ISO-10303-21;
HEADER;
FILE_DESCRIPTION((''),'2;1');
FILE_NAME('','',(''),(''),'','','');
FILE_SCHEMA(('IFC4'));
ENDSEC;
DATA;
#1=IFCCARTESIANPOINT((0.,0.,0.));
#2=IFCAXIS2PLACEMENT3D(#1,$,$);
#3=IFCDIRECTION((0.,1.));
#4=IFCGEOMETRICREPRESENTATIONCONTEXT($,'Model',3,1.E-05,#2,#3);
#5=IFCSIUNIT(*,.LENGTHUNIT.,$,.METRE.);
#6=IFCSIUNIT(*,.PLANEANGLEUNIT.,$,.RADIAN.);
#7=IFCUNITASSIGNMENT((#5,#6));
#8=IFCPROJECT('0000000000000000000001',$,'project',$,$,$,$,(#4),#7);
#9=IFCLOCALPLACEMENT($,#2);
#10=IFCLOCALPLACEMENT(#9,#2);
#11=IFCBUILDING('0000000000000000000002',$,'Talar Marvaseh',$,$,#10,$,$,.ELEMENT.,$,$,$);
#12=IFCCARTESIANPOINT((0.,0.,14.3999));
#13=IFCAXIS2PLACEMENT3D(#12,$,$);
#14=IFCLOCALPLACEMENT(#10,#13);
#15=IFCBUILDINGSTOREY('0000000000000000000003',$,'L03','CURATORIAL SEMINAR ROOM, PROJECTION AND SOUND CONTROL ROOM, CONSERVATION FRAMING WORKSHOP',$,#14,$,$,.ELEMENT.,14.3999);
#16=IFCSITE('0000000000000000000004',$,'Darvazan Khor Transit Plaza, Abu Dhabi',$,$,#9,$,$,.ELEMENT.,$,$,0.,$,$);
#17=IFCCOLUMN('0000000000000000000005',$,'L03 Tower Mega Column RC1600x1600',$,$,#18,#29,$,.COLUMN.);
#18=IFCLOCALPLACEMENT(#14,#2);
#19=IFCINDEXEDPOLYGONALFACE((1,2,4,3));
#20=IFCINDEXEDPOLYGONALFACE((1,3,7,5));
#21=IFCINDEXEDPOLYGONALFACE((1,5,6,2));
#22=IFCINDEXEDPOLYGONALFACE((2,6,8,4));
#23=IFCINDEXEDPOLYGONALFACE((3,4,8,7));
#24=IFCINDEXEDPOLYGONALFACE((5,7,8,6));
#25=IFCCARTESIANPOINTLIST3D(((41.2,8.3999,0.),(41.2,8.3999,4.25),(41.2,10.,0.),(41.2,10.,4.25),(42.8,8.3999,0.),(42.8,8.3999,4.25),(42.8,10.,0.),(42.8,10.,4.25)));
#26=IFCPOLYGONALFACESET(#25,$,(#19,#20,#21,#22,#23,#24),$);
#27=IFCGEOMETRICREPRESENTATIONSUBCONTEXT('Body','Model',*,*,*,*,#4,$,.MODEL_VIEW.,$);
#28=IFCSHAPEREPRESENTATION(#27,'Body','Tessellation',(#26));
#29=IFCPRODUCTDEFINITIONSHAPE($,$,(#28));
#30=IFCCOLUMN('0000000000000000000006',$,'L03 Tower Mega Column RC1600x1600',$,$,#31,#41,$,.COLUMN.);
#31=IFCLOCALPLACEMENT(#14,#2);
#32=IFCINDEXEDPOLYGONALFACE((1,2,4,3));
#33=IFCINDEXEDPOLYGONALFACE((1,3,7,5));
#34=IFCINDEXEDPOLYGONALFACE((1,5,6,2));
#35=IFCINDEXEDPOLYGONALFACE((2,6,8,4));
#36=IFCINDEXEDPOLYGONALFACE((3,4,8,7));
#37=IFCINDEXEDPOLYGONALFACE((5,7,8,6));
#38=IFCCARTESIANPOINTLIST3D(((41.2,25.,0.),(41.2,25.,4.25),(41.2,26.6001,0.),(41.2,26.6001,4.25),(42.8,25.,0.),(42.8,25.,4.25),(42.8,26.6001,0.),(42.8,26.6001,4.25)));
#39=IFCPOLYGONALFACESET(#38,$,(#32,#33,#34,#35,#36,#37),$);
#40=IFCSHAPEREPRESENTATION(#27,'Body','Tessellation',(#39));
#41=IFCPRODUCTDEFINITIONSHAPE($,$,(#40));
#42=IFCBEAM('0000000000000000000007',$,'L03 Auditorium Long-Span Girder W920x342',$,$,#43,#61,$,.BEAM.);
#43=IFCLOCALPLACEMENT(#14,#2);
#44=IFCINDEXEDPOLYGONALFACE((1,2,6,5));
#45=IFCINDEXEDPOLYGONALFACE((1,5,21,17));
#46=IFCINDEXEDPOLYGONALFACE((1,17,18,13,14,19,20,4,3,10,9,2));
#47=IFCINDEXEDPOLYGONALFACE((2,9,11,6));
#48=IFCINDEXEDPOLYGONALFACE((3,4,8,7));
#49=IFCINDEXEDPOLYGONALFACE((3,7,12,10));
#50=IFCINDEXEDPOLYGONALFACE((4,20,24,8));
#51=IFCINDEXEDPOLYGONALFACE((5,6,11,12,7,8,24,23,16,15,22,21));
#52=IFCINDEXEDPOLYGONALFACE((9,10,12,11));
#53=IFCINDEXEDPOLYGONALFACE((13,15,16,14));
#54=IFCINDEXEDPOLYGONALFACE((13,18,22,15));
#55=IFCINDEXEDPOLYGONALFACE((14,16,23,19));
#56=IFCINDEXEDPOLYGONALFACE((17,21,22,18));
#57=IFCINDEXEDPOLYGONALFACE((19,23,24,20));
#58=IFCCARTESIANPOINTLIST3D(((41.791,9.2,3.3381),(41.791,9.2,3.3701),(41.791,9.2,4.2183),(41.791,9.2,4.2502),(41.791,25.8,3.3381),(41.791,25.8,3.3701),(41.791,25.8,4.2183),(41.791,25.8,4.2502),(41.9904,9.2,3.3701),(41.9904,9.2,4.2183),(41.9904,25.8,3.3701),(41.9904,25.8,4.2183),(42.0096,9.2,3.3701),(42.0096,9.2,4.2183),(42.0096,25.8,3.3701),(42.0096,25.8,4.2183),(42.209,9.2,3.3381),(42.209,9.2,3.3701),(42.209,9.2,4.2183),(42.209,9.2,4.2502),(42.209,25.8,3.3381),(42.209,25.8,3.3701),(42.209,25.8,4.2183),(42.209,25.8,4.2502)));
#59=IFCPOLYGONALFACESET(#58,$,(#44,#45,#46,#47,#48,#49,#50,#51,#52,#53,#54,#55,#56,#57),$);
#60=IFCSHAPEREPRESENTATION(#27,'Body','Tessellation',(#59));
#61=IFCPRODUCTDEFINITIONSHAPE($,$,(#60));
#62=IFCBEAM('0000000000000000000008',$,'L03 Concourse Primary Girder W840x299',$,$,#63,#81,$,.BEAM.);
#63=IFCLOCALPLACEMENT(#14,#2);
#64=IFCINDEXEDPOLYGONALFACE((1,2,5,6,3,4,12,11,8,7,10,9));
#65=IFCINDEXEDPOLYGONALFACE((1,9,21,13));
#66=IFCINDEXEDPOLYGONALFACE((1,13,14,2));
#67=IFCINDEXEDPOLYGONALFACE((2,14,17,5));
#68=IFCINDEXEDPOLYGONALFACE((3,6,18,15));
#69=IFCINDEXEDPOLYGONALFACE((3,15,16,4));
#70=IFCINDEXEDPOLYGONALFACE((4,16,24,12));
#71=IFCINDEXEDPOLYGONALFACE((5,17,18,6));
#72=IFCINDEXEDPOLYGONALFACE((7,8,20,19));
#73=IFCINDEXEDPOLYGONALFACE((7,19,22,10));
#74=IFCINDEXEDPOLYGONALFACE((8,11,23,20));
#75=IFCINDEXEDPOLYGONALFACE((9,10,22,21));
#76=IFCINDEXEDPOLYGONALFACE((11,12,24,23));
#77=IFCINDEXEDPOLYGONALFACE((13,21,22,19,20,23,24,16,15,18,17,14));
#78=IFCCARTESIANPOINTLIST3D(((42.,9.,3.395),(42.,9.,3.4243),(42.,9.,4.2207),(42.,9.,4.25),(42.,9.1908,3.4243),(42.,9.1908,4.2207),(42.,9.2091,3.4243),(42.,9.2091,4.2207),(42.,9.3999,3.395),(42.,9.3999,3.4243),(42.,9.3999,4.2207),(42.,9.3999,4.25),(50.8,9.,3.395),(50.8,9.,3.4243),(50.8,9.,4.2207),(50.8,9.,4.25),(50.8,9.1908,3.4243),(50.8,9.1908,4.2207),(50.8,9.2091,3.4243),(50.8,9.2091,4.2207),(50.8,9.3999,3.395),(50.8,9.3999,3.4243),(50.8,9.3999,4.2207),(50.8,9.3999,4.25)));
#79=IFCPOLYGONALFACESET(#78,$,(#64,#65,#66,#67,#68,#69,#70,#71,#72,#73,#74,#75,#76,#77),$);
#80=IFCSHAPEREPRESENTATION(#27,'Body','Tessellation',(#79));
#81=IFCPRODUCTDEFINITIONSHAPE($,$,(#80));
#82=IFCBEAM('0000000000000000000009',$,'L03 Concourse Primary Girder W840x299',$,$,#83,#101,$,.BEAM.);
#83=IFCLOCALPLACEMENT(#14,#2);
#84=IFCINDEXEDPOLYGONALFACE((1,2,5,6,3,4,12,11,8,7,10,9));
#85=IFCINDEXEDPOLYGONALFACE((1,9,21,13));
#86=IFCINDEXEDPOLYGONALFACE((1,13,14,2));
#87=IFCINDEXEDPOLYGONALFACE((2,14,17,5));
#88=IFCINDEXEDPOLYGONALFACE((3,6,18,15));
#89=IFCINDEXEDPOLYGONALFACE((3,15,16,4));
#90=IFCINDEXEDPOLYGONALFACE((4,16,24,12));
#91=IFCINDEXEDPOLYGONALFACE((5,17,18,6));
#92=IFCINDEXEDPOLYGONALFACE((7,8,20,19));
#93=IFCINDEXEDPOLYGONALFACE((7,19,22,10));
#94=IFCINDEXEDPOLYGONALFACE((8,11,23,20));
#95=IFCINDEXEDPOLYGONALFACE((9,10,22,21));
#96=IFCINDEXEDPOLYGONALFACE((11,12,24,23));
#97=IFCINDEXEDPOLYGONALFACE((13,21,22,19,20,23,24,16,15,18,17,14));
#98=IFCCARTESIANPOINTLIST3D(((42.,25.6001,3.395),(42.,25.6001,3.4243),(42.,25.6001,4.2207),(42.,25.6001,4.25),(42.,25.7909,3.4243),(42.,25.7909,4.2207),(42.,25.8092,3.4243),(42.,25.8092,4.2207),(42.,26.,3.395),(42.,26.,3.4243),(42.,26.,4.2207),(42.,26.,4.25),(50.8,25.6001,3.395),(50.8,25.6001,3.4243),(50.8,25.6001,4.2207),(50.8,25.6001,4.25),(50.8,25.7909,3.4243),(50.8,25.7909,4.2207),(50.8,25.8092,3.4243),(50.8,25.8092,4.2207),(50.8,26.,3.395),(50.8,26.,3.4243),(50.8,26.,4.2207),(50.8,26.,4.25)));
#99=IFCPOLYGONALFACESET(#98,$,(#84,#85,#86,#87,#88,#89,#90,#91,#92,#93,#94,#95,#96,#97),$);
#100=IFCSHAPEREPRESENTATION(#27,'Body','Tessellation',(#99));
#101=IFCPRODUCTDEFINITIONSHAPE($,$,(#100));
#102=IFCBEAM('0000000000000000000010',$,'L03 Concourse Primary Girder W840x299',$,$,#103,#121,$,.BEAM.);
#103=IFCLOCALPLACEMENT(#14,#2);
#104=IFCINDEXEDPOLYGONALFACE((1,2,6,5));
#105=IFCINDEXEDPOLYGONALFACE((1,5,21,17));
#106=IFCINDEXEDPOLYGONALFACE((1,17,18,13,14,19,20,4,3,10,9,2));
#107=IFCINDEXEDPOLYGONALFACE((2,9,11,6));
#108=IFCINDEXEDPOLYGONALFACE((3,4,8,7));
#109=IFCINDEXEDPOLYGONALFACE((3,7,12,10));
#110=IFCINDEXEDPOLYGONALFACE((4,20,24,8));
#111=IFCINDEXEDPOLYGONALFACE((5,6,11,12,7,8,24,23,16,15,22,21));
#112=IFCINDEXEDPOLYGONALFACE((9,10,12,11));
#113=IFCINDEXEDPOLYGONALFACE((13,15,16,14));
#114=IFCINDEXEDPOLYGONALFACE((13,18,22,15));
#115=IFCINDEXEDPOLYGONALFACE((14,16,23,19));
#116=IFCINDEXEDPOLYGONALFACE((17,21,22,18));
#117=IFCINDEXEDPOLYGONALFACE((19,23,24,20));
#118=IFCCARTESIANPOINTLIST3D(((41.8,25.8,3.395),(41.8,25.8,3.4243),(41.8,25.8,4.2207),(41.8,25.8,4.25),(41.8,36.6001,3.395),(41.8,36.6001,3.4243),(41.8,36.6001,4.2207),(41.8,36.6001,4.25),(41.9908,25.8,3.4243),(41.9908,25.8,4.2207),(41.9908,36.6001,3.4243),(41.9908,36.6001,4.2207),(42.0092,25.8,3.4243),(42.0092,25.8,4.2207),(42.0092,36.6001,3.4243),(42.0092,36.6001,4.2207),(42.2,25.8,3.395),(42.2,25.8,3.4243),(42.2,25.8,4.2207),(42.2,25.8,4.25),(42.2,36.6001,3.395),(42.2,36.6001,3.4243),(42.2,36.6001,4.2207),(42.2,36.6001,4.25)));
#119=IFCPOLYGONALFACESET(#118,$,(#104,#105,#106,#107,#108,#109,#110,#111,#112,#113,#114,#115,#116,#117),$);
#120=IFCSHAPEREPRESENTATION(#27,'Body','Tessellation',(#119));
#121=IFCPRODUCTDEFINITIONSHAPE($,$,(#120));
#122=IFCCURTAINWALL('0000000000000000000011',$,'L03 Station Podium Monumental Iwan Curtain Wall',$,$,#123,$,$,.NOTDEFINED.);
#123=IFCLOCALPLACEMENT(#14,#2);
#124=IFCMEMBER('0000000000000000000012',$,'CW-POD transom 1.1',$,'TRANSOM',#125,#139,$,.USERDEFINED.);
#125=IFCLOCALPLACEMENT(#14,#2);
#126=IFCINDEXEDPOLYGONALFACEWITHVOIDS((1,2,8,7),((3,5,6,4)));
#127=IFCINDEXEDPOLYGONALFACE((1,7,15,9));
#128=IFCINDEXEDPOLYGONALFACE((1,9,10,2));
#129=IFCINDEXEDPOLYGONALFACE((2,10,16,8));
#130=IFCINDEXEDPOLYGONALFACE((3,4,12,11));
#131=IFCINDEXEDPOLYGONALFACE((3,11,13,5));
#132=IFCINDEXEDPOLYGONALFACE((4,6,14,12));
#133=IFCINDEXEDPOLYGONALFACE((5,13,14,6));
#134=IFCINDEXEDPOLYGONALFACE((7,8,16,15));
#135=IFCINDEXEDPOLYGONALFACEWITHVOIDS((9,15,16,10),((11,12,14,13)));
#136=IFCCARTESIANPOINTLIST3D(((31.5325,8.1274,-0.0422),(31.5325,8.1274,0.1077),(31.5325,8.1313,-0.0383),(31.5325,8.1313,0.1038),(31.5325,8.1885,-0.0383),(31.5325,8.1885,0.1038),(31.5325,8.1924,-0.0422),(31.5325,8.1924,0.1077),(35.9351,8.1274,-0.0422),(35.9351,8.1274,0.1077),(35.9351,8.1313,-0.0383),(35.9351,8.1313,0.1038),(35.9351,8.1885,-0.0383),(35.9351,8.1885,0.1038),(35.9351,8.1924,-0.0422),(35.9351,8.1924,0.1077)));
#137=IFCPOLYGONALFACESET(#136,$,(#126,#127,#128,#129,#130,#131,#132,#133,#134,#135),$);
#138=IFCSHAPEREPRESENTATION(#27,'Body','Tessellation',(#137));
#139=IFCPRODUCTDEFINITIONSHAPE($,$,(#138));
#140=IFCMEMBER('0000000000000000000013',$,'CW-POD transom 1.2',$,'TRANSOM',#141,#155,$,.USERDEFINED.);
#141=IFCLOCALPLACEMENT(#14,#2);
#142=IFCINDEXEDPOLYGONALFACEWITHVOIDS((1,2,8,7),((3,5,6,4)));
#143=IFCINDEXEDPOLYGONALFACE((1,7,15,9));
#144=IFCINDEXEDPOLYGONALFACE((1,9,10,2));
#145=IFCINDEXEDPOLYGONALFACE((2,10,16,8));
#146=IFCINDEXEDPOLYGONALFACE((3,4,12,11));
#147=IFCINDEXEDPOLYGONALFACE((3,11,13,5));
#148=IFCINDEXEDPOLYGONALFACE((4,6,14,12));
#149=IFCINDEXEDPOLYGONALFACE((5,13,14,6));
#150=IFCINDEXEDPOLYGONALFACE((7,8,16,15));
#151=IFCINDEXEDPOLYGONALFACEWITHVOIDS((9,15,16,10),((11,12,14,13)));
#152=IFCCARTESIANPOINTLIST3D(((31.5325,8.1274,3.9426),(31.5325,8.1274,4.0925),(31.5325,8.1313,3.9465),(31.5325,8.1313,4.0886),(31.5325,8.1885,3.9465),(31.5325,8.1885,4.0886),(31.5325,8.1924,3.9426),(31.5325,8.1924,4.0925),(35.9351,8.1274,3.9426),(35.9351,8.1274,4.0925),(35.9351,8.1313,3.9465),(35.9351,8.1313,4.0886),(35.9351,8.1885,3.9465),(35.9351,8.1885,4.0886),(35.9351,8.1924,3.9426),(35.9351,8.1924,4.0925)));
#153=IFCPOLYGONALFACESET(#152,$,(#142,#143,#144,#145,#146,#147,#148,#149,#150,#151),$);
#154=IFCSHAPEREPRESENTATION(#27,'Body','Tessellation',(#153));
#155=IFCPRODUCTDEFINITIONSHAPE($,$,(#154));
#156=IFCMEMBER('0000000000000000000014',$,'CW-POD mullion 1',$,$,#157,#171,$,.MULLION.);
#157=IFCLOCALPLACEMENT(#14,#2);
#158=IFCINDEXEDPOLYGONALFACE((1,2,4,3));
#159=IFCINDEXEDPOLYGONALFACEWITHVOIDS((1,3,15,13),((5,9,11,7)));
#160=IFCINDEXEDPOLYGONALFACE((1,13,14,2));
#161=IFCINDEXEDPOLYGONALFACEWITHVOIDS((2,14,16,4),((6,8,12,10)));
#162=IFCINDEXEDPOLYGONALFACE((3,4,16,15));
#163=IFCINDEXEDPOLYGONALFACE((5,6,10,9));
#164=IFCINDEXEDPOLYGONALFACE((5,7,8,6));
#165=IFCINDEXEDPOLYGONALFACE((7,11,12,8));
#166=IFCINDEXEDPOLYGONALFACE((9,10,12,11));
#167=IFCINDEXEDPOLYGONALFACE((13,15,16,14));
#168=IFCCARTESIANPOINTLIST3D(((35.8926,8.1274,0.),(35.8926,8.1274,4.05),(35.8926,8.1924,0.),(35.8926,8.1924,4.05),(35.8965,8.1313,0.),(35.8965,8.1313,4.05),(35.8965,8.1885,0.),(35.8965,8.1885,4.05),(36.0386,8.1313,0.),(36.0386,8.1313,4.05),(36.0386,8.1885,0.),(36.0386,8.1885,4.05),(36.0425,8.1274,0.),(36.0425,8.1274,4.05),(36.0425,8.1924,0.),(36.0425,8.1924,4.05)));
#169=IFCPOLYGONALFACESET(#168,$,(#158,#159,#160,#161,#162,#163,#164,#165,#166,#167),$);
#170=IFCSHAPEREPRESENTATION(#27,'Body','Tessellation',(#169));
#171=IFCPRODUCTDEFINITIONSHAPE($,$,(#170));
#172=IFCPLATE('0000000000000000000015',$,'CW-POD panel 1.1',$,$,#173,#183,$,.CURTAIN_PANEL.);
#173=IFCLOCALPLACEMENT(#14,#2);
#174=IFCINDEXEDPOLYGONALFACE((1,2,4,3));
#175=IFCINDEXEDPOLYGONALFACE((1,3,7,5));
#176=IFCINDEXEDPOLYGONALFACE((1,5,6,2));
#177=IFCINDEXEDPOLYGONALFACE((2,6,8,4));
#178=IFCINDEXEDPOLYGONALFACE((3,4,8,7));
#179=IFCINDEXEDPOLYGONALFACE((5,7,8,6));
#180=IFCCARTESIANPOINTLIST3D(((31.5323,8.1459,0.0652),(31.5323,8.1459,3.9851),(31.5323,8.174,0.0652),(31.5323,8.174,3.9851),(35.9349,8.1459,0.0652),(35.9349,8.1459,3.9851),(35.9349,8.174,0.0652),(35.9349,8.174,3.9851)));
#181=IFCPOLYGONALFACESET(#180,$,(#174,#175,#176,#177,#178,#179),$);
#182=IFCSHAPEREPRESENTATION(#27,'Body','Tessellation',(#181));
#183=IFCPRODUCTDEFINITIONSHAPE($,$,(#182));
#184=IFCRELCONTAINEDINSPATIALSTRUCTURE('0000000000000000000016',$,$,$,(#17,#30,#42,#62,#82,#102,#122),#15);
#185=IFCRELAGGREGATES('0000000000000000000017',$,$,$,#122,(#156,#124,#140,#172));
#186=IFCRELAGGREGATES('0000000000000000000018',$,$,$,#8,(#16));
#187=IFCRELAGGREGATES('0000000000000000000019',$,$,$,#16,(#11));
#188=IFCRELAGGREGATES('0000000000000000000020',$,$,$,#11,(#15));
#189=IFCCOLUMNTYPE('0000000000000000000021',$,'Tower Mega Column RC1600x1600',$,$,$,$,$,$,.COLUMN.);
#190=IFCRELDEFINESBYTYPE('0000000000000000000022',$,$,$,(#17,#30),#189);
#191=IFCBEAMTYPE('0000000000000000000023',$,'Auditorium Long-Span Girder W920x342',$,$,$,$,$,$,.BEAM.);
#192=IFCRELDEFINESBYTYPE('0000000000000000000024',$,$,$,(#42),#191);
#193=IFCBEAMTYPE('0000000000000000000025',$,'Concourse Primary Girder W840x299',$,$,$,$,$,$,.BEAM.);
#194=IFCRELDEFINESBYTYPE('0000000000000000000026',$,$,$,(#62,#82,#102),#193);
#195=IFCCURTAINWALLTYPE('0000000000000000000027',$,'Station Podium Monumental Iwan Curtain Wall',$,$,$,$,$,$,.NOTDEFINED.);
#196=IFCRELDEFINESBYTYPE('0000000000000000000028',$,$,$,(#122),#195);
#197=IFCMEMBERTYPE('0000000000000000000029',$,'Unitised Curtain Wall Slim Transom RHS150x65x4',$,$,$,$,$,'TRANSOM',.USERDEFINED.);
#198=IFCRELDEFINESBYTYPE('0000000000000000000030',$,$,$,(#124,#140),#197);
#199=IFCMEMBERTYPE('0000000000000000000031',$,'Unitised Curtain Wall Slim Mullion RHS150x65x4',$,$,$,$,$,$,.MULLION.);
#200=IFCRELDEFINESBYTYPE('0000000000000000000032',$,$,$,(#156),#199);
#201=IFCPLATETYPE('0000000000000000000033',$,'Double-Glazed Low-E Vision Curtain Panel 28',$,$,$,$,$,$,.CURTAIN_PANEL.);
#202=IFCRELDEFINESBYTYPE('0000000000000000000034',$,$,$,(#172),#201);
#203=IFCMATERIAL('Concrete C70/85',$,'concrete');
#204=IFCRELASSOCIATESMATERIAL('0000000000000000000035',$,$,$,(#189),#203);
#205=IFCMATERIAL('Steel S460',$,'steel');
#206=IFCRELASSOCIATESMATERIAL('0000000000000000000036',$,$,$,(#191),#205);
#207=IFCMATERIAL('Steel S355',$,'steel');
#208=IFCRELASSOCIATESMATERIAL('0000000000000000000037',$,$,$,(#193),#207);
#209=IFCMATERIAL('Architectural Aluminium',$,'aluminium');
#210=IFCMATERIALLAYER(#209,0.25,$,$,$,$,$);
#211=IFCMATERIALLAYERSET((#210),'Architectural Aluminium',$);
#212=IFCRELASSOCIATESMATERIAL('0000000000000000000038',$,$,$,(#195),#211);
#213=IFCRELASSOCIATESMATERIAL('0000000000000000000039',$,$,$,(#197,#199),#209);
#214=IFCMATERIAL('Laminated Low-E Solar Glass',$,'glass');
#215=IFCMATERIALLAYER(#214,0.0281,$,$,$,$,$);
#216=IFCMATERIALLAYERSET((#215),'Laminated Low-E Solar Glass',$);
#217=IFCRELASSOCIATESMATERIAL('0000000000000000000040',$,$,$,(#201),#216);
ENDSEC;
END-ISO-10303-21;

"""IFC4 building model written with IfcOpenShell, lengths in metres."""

from ifc_helpers import new_model, si_unit, direction, frame, origin, origin_2d, place, context, subcontext, project, spatial, rectangle, hollow_rectangle, i_section, extrude, source, transform, mapped, material, layer, layer_set, material_profile, profile_set, type_object, type_shapes, element, aggregate, save


model = new_model("IFC4")

# Units and contexts
model_context = context("Model", 3, precision=1e-05, world=origin(), true_north=direction((0.0, 1.0)))
body_context = subcontext(model_context, "Body", "Model", "MODEL_VIEW")
ifc_project = project(units=[si_unit("LENGTHUNIT", "METRE"), si_unit("PLANEANGLEUNIT", "RADIAN")], contexts=[model_context])

# Site, building, storey
site_placement = place(None, origin())
site = spatial("IfcSite", under=ifc_project, at=site_placement, Name="Darvazan Khor Transit Plaza, Abu Dhabi", CompositionType="ELEMENT", RefElevation=0.0)
building_placement = place(site_placement, origin())
building = spatial("IfcBuilding", under=site, at=building_placement, Name="Talar Marvaseh", CompositionType="ELEMENT")
storey_placement = place(building_placement, frame((0.0, 0.0, 14.3999)))
storey = spatial("IfcBuildingStorey", under=building, at=storey_placement, Name="L03", Description="CURATORIAL SEMINAR ROOM, PROJECTION AND SOUND CONTROL ROOM, CONSERVATION FRAMING WORKSHOP", CompositionType="ELEMENT", Elevation=14.3999)

# Columns
ifc_material_1 = material(Name="Concrete C70/85", Category="concrete")
ifc_material_profile_1 = material_profile(ifc_material_1, rectangle(XDim=1.6001, YDim=1.6001, at=origin_2d()), Name="RC1600x1600")
ifc_profile_set_1 = profile_set([ifc_material_profile_1], Name="Concrete C70/85")
column_type = type_object("IfcColumnType", Name="Tower Mega Column RC1600x1600", PredefinedType="COLUMN", material=ifc_profile_set_1)
for number, where, z_axis, x_axis, name in (
    (1, (42.0, 9.2, 0.0), (0.0, 0.0, 1.0), (1.0, 0.0, 0.0), "L03 Tower Mega Column RC1600x1600"),
    (2, (42.0, 25.8, 0.0), (0.0, 0.0, 1.0), (1.0, 0.0, 0.0), "L03 Tower Mega Column RC1600x1600"),
):
    element("IfcColumn", number, at=place(storey_placement, frame(where, z_axis=z_axis, x_axis=x_axis)), inside=storey, type_object=column_type, Name=name, PredefinedType="COLUMN", context=body_context, shape_type="SweptSolid", body=[
        extrude(rectangle(XDim=1.6001, YDim=1.6001, at=origin_2d()), origin(), (0.0, 0.0, 1.0), 4.25),
    ])

# Beams
ifc_material_2 = material(Name="Steel S460", Category="steel")
ifc_material_profile_2 = material_profile(ifc_material_2, i_section(OverallWidth=0.418, OverallDepth=0.9121, WebThickness=0.0193, FlangeThickness=0.032, at=origin_2d()), Name="W920x342")
ifc_profile_set_2 = profile_set([ifc_material_profile_2], Name="Steel S460")
beam_type_1 = type_object("IfcBeamType", Name="Auditorium Long-Span Girder W920x342", PredefinedType="BEAM", material=ifc_profile_set_2)
beam_1_placement = place(storey_placement, frame((42.0, 9.2, 3.7942), z_axis=(0.0, 1.0, 0.0), x_axis=(-1.0, 0.0, 0.0)))
element("IfcBeam", 3, at=beam_1_placement, inside=storey, type_object=beam_type_1, Name="L03 Auditorium Long-Span Girder W920x342", PredefinedType="BEAM", context=body_context, shape_type="SweptSolid", body=[
    extrude(i_section(OverallWidth=0.418, OverallDepth=0.9121, WebThickness=0.0193, FlangeThickness=0.032, at=origin_2d()), origin(), (0.0, 0.0, 1.0), 16.6001),
])
ifc_material_3 = material(Name="Steel S355", Category="steel")
ifc_material_profile_3 = material_profile(ifc_material_3, i_section(OverallWidth=0.3999, OverallDepth=0.855, WebThickness=0.0183, FlangeThickness=0.0293, at=origin_2d()), Name="W840x299")
ifc_profile_set_3 = profile_set([ifc_material_profile_3], Name="Steel S355")
beam_type_2 = type_object("IfcBeamType", Name="Concourse Primary Girder W840x299", PredefinedType="BEAM", material=ifc_profile_set_3)
for number, where, z_axis, x_axis, name in (
    (4, (42.0, 9.2, 3.8225), (1.0, 0.0, 0.0), (0.0, 1.0, 0.0), "L03 Concourse Primary Girder W840x299"),
    (5, (42.0, 25.8, 3.8225), (1.0, 0.0, 0.0), (0.0, 1.0, 0.0), "L03 Concourse Primary Girder W840x299"),
):
    element("IfcBeam", number, at=place(storey_placement, frame(where, z_axis=z_axis, x_axis=x_axis)), inside=storey, type_object=beam_type_2, Name=name, PredefinedType="BEAM", context=body_context, shape_type="SweptSolid", body=[
        extrude(i_section(OverallWidth=0.3999, OverallDepth=0.855, WebThickness=0.0183, FlangeThickness=0.0293, at=origin_2d()), origin(), (0.0, 0.0, 1.0), 8.8),
    ])
beam_2_placement = place(storey_placement, frame((42.0, 25.8, 3.8225), z_axis=(0.0, 1.0, 0.0), x_axis=(-1.0, 0.0, 0.0)))
element("IfcBeam", 6, at=beam_2_placement, inside=storey, type_object=beam_type_2, Name="L03 Concourse Primary Girder W840x299", PredefinedType="BEAM", context=body_context, shape_type="SweptSolid", body=[
    extrude(i_section(OverallWidth=0.3999, OverallDepth=0.855, WebThickness=0.0183, FlangeThickness=0.0293, at=origin_2d()), origin(), (0.0, 0.0, 1.0), 10.8),
])

# Curtain wall, members, plate
ifc_material_4 = material(Name="Architectural Aluminium", Category="aluminium")
ifc_layer_1 = layer(ifc_material_4, 0.25)
ifc_layer_set_1 = layer_set([ifc_layer_1], Name="Architectural Aluminium")
curtain_wall_type = type_object("IfcCurtainWallType", Name="Station Podium Monumental Iwan Curtain Wall", PredefinedType="NOTDEFINED", material=ifc_layer_set_1)
curtain_wall_placement = place(storey_placement, origin())
curtain_wall = element("IfcCurtainWall", 7, at=curtain_wall_placement, inside=storey, type_object=curtain_wall_type, Name="L03 Station Podium Monumental Iwan Curtain Wall", PredefinedType="NOTDEFINED")
ifc_material_profile_4 = material_profile(ifc_material_4, hollow_rectangle(XDim=0.0649, YDim=0.1499, WallThickness=0.0039, at=origin_2d()), Name="RHS150x65x4")
ifc_profile_set_4 = profile_set([ifc_material_profile_4], Name="Architectural Aluminium")
member_type_1 = type_object("IfcMemberType", Name="Unitised Curtain Wall Slim Transom RHS150x65x4", ElementType="TRANSOM", PredefinedType="USERDEFINED", material=ifc_profile_set_4)
shared_shape_1 = source(origin(), body_context, "Body", "SweptSolid", [
    extrude(hollow_rectangle(XDim=0.0649, YDim=0.1499, WallThickness=0.0039, at=origin_2d()), origin(), (0.0, 0.0, 1.0), 4.4026),
])
type_shapes(member_type_1, [shared_shape_1])
member_1_placement = place(storey_placement, frame((35.9351, 8.1599, 0.0327), z_axis=(-1.0, 0.0, 0.0), x_axis=(0.0, -1.0, 0.0)))
member_1 = element("IfcMember", 8, at=member_1_placement, type_object=member_type_1, Name="CW-POD transom 1.1", ObjectType="TRANSOM", PredefinedType="USERDEFINED", context=body_context, shape_type="MappedRepresentation", body=[
    mapped(shared_shape_1, transform((0.0, 0.0, 0.0), x_axis=(1.0, 0.0, 0.0), y_axis=(0.0, 1.0, 0.0), z_axis=(0.0, 0.0, 1.0), scale=1.0)),
])
member_2_placement = place(storey_placement, frame((35.9351, 8.1599, 4.0176), z_axis=(-1.0, 0.0, 0.0), x_axis=(0.0, -1.0, 0.0)))
member_2 = element("IfcMember", 9, at=member_2_placement, type_object=member_type_1, Name="CW-POD transom 1.2", ObjectType="TRANSOM", PredefinedType="USERDEFINED", context=body_context, shape_type="MappedRepresentation", body=[
    mapped(shared_shape_1, transform((0.0, 0.0, 0.0), x_axis=(1.0, 0.0, 0.0), y_axis=(0.0, 1.0, 0.0), z_axis=(0.0, 0.0, 1.0), scale=1.0)),
])
ifc_material_profile_5 = material_profile(ifc_material_4, hollow_rectangle(XDim=0.0649, YDim=0.1499, WallThickness=0.0039, at=origin_2d()), Name="RHS150x65x4")
ifc_profile_set_5 = profile_set([ifc_material_profile_5], Name="Architectural Aluminium")
member_type_2 = type_object("IfcMemberType", Name="Unitised Curtain Wall Slim Mullion RHS150x65x4", PredefinedType="MULLION", material=ifc_profile_set_5)
shared_shape_2 = source(origin(), body_context, "Body", "SweptSolid", [
    extrude(hollow_rectangle(XDim=0.0649, YDim=0.1499, WallThickness=0.0039, at=origin_2d()), origin(), (0.0, 0.0, 1.0), 4.05),
])
type_shapes(member_type_2, [shared_shape_2])
member_3_placement = place(storey_placement, frame((35.9675, 8.1599, 0.0), z_axis=(0.0, 0.0, 1.0), x_axis=(0.0, -1.0, 0.0)))
member_3 = element("IfcMember", 10, at=member_3_placement, type_object=member_type_2, Name="CW-POD mullion 1", PredefinedType="MULLION", context=body_context, shape_type="MappedRepresentation", body=[
    mapped(shared_shape_2, transform((0.0, 0.0, 0.0), x_axis=(1.0, 0.0, 0.0), y_axis=(0.0, 1.0, 0.0), z_axis=(0.0, 0.0, 1.0), scale=1.0)),
])
ifc_material_5 = material(Name="Laminated Low-E Solar Glass", Category="glass")
ifc_layer_2 = layer(ifc_material_5, 0.0281)
ifc_layer_set_2 = layer_set([ifc_layer_2], Name="Laminated Low-E Solar Glass")
plate_type = type_object("IfcPlateType", Name="Double-Glazed Low-E Vision Curtain Panel 28", PredefinedType="CURTAIN_PANEL", material=ifc_layer_set_2)
shared_shape_3 = source(origin(), body_context, "Body", "SweptSolid", [
    extrude(rectangle(XDim=4.4026, YDim=0.0281, at=origin_2d()), origin(), (0.0, 0.0, 1.0), 3.9199),
])
type_shapes(plate_type, [shared_shape_3])
plate_placement = place(storey_placement, frame((33.7336, 8.1599, 0.0652), z_axis=(0.0, 0.0, 1.0), x_axis=(-1.0, 0.0, 0.0)))
plate = element("IfcPlate", 11, at=plate_placement, type_object=plate_type, Name="CW-POD panel 1.1", PredefinedType="CURTAIN_PANEL", context=body_context, shape_type="MappedRepresentation", body=[
    mapped(shared_shape_3, transform((0.0, 0.0, 0.0), x_axis=(1.0, 0.0, 0.0), y_axis=(0.0, 1.0, 0.0), z_axis=(0.0, 0.0, 1.0), scale=1.0)),
])
aggregate(curtain_wall, [member_3, member_1, member_2, plate])

save(model, "model.ifc")
